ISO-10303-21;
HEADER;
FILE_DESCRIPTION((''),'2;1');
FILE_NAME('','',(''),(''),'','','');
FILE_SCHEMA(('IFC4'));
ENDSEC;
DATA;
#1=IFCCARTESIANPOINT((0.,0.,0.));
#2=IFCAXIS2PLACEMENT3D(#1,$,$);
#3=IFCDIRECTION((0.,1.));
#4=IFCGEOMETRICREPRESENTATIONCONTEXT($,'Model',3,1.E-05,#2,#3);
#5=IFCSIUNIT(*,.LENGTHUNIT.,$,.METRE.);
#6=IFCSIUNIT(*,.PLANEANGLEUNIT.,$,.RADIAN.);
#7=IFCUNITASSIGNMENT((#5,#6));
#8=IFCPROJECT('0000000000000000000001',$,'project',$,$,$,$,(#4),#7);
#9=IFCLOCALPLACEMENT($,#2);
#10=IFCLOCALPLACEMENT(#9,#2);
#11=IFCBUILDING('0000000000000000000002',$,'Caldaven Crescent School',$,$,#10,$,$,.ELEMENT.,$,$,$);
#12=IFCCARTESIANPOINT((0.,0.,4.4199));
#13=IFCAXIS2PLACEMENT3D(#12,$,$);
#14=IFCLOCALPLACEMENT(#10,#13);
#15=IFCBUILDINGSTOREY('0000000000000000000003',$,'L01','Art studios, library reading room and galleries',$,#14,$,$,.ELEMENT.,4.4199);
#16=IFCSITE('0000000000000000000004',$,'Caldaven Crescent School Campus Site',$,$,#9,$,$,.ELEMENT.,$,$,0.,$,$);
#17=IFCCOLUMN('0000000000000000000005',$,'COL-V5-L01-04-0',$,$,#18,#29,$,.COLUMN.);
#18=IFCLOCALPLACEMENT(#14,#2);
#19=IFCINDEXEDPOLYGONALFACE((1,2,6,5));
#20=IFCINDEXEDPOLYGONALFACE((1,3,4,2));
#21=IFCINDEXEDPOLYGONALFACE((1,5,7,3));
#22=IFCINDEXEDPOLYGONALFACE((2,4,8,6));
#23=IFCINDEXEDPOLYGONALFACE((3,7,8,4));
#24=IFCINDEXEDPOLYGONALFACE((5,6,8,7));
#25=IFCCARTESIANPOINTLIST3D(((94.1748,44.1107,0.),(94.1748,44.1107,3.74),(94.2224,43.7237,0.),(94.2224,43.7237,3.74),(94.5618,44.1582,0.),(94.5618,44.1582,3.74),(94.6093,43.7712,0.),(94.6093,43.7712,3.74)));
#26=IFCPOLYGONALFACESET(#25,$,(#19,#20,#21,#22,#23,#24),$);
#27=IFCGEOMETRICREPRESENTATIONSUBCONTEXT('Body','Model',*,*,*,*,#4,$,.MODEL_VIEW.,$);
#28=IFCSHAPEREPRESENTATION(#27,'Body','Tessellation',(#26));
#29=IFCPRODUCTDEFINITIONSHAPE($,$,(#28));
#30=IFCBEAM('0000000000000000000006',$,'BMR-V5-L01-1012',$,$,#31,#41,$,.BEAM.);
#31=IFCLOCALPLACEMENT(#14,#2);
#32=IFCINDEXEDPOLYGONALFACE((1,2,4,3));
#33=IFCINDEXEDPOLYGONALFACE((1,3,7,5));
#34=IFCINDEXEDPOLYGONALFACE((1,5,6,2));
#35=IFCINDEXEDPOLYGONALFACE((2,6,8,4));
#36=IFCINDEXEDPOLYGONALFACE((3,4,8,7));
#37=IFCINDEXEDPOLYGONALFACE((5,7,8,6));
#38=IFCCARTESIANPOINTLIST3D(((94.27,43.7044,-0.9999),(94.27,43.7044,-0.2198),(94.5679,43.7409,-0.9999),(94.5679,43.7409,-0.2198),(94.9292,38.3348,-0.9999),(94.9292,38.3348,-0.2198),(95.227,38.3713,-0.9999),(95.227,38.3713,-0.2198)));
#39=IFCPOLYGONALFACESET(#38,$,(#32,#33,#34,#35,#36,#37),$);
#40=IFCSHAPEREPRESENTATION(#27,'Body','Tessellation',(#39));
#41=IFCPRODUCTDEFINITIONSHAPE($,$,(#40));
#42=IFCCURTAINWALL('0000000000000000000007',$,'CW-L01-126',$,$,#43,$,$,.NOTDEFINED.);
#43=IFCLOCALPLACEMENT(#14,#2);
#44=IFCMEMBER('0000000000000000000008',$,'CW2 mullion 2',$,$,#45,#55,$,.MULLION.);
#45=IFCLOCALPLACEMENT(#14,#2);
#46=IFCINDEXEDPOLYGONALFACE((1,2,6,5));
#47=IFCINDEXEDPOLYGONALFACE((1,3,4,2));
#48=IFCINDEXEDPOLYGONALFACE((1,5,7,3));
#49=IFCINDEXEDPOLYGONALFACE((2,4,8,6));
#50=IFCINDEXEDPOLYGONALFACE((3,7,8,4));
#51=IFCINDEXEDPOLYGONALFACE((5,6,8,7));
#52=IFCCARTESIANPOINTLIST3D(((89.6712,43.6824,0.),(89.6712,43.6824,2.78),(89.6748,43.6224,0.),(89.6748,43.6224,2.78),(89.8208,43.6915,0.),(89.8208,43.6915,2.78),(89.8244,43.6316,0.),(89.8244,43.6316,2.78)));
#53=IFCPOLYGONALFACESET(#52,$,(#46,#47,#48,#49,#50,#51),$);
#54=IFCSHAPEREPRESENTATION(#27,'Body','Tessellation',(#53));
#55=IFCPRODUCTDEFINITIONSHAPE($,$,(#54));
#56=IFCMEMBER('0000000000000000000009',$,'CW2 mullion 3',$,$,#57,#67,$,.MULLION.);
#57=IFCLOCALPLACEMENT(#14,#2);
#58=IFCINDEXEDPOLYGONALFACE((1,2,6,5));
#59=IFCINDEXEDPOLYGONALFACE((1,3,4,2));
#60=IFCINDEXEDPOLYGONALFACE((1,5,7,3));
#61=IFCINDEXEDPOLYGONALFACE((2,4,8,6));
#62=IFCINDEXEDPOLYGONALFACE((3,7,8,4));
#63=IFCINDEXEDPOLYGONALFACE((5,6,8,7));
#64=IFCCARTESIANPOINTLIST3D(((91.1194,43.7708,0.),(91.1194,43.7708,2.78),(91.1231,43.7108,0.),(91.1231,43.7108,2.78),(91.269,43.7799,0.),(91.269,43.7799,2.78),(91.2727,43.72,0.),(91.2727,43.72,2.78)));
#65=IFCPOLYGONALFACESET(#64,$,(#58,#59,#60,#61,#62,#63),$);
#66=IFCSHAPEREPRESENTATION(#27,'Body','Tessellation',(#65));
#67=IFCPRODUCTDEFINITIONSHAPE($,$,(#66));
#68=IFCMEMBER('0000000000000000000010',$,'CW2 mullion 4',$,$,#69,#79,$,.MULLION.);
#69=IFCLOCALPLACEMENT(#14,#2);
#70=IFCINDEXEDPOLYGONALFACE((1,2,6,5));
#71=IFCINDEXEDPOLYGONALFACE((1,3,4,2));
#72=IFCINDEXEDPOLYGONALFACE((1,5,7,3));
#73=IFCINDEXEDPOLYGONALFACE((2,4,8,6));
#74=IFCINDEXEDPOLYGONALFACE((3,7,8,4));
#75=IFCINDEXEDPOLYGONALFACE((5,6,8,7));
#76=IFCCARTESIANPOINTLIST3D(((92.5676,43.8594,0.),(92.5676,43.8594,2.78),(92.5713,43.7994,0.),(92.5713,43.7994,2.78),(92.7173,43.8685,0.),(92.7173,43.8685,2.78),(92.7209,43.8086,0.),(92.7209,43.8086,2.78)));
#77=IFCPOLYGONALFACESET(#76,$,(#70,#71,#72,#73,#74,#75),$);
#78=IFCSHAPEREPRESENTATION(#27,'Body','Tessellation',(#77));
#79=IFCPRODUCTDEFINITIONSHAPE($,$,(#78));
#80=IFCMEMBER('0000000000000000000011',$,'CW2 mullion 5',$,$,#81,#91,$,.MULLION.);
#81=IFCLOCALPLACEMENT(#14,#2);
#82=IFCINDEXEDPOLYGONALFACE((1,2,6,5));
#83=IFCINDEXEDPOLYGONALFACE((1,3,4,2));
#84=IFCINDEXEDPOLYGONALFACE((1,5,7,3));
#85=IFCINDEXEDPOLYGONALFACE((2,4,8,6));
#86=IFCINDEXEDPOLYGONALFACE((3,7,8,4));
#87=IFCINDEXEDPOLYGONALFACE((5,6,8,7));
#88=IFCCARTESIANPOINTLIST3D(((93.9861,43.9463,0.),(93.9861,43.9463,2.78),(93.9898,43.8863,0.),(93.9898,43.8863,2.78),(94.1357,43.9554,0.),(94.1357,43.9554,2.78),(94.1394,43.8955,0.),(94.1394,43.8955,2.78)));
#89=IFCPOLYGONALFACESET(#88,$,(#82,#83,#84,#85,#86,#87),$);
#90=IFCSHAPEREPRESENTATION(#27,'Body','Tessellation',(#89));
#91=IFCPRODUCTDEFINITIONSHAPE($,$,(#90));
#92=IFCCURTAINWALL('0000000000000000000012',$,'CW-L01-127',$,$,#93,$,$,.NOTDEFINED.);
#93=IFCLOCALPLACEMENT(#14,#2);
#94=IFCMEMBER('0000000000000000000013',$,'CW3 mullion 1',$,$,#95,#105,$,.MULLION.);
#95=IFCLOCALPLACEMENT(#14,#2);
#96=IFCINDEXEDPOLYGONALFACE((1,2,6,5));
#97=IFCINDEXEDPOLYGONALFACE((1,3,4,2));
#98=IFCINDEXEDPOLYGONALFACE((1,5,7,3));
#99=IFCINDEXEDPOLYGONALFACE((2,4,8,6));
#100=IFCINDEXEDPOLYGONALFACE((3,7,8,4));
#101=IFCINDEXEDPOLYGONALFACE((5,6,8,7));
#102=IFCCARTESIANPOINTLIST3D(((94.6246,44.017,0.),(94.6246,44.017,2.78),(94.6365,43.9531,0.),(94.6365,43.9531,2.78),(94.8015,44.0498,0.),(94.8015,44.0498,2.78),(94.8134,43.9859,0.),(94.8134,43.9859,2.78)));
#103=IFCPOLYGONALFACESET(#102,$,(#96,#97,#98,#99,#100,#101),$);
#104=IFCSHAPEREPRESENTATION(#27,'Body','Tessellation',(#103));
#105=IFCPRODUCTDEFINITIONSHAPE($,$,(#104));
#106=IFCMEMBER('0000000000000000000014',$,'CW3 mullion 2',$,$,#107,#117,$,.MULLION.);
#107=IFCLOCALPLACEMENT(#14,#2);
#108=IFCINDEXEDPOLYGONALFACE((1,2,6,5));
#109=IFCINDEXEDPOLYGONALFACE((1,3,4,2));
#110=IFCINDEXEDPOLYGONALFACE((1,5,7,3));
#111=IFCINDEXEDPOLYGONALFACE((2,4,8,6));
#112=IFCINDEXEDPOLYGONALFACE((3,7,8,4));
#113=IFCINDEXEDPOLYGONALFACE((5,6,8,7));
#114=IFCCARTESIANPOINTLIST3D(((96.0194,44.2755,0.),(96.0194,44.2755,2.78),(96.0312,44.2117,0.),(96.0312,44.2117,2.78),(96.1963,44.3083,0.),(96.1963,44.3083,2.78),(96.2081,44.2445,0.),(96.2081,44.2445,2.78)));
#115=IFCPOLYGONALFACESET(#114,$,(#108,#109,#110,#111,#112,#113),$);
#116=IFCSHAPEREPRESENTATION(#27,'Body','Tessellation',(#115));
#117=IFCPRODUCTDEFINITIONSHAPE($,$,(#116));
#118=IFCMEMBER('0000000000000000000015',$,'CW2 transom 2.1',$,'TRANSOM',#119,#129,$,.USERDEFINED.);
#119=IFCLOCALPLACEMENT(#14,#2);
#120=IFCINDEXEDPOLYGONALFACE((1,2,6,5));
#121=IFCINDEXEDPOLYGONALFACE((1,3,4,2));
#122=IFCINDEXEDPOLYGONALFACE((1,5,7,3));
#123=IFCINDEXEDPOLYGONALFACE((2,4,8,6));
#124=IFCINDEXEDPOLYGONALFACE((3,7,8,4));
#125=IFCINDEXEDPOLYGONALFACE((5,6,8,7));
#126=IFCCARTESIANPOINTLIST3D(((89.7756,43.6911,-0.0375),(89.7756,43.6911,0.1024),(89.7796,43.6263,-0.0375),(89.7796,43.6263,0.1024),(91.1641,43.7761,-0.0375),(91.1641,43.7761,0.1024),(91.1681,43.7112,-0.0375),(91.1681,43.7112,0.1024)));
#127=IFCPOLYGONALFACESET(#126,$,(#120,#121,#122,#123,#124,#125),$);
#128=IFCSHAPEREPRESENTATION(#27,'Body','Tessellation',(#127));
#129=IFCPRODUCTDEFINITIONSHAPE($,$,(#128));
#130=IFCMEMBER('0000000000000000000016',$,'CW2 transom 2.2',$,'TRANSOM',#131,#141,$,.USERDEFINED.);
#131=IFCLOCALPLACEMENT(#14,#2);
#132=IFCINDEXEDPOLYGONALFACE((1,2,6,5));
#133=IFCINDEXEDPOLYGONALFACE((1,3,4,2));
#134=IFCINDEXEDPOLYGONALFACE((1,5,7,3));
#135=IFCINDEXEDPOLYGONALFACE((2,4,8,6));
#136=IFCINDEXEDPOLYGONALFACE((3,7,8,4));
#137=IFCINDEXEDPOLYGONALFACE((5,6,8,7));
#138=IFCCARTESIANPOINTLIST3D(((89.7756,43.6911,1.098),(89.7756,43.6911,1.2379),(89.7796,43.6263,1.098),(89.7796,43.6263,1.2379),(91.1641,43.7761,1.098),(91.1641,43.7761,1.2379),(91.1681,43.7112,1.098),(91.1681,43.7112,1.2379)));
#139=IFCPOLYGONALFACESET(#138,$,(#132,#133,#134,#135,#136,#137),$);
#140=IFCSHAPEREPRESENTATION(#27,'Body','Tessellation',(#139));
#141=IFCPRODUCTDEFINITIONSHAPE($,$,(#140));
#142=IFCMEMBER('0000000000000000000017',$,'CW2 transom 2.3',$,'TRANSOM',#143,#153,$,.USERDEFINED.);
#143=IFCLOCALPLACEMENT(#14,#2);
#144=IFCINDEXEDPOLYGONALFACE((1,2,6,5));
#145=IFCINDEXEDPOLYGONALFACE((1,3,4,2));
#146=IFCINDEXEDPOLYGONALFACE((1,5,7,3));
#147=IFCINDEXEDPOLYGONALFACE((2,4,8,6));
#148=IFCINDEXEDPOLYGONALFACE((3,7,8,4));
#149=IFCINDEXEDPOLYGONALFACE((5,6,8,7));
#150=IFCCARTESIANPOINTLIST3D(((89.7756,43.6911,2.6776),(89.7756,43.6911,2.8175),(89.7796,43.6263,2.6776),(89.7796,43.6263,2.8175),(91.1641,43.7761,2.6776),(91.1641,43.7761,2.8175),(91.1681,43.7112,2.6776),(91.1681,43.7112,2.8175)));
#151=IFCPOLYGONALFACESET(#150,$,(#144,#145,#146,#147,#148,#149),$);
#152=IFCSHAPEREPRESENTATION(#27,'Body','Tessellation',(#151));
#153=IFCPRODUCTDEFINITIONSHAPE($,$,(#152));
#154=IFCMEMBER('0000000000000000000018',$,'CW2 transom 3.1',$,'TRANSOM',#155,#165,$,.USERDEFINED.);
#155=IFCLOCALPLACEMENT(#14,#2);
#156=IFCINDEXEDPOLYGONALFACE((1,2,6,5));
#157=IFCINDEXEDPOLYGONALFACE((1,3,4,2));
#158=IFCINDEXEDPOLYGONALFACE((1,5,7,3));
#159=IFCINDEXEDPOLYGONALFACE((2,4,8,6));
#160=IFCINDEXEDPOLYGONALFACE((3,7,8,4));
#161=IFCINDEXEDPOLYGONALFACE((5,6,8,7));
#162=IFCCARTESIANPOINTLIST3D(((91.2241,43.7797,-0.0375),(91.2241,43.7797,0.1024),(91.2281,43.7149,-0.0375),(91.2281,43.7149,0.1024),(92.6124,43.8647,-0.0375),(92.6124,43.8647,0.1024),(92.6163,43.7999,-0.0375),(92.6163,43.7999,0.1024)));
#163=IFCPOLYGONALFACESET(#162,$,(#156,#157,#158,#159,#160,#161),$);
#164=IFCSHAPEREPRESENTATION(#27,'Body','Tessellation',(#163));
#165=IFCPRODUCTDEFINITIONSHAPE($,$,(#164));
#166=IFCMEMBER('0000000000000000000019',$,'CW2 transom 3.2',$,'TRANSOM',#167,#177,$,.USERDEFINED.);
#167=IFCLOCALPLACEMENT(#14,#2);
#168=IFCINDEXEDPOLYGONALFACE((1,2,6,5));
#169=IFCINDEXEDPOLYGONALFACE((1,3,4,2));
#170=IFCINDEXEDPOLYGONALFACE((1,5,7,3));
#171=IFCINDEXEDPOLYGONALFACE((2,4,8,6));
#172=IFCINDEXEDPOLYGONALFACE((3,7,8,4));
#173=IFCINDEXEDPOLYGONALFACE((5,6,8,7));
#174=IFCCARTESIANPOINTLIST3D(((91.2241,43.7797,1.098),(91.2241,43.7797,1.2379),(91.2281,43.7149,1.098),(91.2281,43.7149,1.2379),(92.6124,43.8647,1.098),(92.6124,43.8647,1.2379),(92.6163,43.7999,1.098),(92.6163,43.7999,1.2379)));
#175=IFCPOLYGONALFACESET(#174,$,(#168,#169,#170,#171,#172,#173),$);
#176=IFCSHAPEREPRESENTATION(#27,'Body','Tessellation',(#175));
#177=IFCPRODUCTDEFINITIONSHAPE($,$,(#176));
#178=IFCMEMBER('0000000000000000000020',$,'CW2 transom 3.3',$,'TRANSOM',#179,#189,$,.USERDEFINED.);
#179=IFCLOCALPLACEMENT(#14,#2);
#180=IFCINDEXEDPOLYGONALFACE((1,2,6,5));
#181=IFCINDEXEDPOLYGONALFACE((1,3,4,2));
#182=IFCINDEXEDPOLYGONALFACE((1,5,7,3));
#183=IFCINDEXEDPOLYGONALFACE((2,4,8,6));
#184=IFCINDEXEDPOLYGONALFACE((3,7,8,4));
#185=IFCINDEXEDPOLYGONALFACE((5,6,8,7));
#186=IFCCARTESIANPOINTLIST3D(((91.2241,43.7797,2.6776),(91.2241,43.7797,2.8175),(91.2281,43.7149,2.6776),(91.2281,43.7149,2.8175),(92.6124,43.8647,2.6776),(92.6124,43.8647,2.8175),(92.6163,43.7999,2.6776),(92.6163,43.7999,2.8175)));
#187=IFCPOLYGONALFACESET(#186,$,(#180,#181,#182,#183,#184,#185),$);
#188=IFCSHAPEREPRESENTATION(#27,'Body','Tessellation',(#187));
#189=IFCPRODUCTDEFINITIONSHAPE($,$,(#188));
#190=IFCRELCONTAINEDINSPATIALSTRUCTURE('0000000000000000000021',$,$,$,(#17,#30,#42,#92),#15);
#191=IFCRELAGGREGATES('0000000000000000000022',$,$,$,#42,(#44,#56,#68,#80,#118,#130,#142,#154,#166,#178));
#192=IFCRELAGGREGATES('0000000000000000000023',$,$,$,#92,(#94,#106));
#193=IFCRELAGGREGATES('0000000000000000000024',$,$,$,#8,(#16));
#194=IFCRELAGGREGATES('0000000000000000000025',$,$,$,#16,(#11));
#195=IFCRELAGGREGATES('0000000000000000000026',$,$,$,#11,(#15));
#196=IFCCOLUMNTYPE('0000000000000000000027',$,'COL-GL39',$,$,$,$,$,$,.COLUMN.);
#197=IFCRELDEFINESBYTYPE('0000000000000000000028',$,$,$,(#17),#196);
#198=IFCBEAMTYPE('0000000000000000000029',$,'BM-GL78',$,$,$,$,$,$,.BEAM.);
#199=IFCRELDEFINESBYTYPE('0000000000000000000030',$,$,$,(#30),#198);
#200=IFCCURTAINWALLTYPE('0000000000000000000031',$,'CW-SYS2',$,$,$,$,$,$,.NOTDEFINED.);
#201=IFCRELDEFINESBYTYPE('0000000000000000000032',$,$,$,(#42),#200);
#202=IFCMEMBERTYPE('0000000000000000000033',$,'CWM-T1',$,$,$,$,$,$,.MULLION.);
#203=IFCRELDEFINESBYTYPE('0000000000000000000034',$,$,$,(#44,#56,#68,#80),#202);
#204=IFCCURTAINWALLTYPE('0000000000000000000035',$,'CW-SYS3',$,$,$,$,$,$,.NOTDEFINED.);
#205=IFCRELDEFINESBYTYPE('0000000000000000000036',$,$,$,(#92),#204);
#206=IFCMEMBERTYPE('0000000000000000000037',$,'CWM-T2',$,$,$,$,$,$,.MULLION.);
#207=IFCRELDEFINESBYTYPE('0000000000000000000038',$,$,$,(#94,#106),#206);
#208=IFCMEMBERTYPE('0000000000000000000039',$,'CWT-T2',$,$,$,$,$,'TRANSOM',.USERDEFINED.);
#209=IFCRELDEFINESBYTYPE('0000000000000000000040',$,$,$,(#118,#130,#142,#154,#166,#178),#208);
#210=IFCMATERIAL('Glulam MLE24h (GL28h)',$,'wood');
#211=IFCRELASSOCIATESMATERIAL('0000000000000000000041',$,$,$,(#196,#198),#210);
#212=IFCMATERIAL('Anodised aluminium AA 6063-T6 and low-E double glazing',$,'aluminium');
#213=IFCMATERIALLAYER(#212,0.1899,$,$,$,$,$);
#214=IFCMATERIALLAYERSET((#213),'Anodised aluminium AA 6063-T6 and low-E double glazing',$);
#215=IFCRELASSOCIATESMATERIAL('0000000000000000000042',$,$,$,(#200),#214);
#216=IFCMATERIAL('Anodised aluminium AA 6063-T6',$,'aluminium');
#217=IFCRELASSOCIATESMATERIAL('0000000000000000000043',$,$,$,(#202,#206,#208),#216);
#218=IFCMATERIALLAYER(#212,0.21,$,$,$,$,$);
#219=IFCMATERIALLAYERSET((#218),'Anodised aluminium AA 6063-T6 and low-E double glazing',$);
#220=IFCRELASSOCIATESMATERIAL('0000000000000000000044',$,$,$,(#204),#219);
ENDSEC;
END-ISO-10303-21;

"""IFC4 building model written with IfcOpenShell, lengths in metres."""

from ifc_helpers import new_model, si_unit, direction, frame, origin, origin_2d, place, context, subcontext, project, spatial, rectangle, extrude, material, layer, layer_set, material_profile, profile_set, type_object, element, aggregate, save


model = new_model("IFC4")

# Units and contexts
model_context = context("Model", 3, precision=1e-05, world=origin(), true_north=direction((0.0, 1.0)))
body_context = subcontext(model_context, "Body", "Model", "MODEL_VIEW")
ifc_project = project(units=[si_unit("LENGTHUNIT", "METRE"), si_unit("PLANEANGLEUNIT", "RADIAN")], contexts=[model_context])

# Site, building, storey
site_placement = place(None, origin())
site = spatial("IfcSite", under=ifc_project, at=site_placement, Name="Caldaven Crescent School Campus Site", CompositionType="ELEMENT", RefElevation=0.0)
building_placement = place(site_placement, origin())
building = spatial("IfcBuilding", under=site, at=building_placement, Name="Caldaven Crescent School", CompositionType="ELEMENT")
storey_placement = place(building_placement, frame((0.0, 0.0, 4.4199)))
storey = spatial("IfcBuildingStorey", under=building, at=storey_placement, Name="L01", Description="Art studios, library reading room and galleries", CompositionType="ELEMENT", Elevation=4.4199)

# Column
ifc_material_1 = material(Name="Glulam MLE24h (GL28h)", Category="wood")
ifc_material_profile_1 = material_profile(ifc_material_1, rectangle(XDim=0.3899, YDim=0.3899, at=origin_2d()), Name="MLE 390x390")
ifc_profile_set_1 = profile_set([ifc_material_profile_1], Name="Glulam MLE24h (GL28h)")
column_type = type_object("IfcColumnType", Name="COL-GL39", PredefinedType="COLUMN", material=ifc_profile_set_1)
column_placement = place(storey_placement, frame((94.3921, 43.9409, 0.0), z_axis=(0.0, 0.0, 1.0), x_axis=(0.121869, -0.992546, 0.0)))
element("IfcColumn", 1, at=column_placement, inside=storey, type_object=column_type, Name="COL-V5-L01-04-0", PredefinedType="COLUMN", context=body_context, shape_type="SweptSolid", body=[
    extrude(rectangle(XDim=0.3899, YDim=0.3899, at=origin_2d()), origin(), (0.0, 0.0, 1.0), 3.74),
])

# Beam
ifc_material_profile_2 = material_profile(ifc_material_1, rectangle(XDim=0.3, YDim=0.78, at=origin_2d()), Name="MLE 300x780")
ifc_profile_set_2 = profile_set([ifc_material_profile_2], Name="Glulam MLE24h (GL28h)")
beam_type_1 = type_object("IfcBeamType", Name="BM-GL78", PredefinedType="BEAM", material=ifc_profile_set_2)
beam_1_placement = place(storey_placement, frame((94.4189, 43.7227, -0.6099), z_axis=(0.121846, -0.992549, 0.0), x_axis=(0.992549, 0.121846, 0.0)))
element("IfcBeam", 2, at=beam_1_placement, inside=storey, type_object=beam_type_1, Name="BMR-V5-L01-1012", PredefinedType="BEAM", context=body_context, shape_type="SweptSolid", body=[
    extrude(rectangle(XDim=0.3, YDim=0.78, at=origin_2d()), origin(), (0.0, 0.0, 1.0), 5.4099),
])

# Curtain walls, members
ifc_material_2 = material(Name="Anodised aluminium AA 6063-T6 and low-E double glazing", Category="aluminium")
ifc_layer_1 = layer(ifc_material_2, 0.1899)
ifc_layer_set_1 = layer_set([ifc_layer_1], Name="Anodised aluminium AA 6063-T6 and low-E double glazing")
curtain_wall_type_1 = type_object("IfcCurtainWallType", Name="CW-SYS2", PredefinedType="NOTDEFINED", material=ifc_layer_set_1)
curtain_wall_1_placement = place(storey_placement, origin())
curtain_wall_1 = element("IfcCurtainWall", 3, at=curtain_wall_1_placement, inside=storey, type_object=curtain_wall_type_1, Name="CW-L01-126", PredefinedType="NOTDEFINED")
ifc_material_3 = material(Name="Anodised aluminium AA 6063-T6", Category="aluminium")
ifc_material_profile_3 = material_profile(ifc_material_3, rectangle(XDim=0.0601, YDim=0.1499, at=origin_2d()), Name="CWM 60x150")
ifc_profile_set_3 = profile_set([ifc_material_profile_3], Name="Anodised aluminium AA 6063-T6")
member_type_1 = type_object("IfcMemberType", Name="CWM-T1", PredefinedType="MULLION", material=ifc_profile_set_3)
member_1_placement = place(storey_placement, frame((89.7478, 43.657, 0.0), z_axis=(0.0, 0.0, 1.0), x_axis=(-0.061049, 0.998135, 0.0)))
member_1 = element("IfcMember", 4, at=member_1_placement, type_object=member_type_1, Name="CW2 mullion 2", PredefinedType="MULLION", context=body_context, shape_type="SweptSolid", body=[
    extrude(rectangle(XDim=0.0601, YDim=0.1499, at=origin_2d()), origin(), (0.0, 0.0, 1.0), 2.78),
])
member_2_placement = place(storey_placement, frame((91.196, 43.7454, 0.0), z_axis=(0.0, 0.0, 1.0), x_axis=(-0.061049, 0.998135, 0.0)))
member_2 = element("IfcMember", 5, at=member_2_placement, type_object=member_type_1, Name="CW2 mullion 3", PredefinedType="MULLION", context=body_context, shape_type="SweptSolid", body=[
    extrude(rectangle(XDim=0.0601, YDim=0.1499, at=origin_2d()), origin(), (0.0, 0.0, 1.0), 2.78),
])
member_3_placement = place(storey_placement, frame((92.6443, 43.834, 0.0), z_axis=(0.0, 0.0, 1.0), x_axis=(-0.061049, 0.998135, 0.0)))
member_3 = element("IfcMember", 6, at=member_3_placement, type_object=member_type_1, Name="CW2 mullion 4", PredefinedType="MULLION", context=body_context, shape_type="SweptSolid", body=[
    extrude(rectangle(XDim=0.0601, YDim=0.1499, at=origin_2d()), origin(), (0.0, 0.0, 1.0), 2.78),
])
member_4_placement = place(storey_placement, frame((94.0627, 43.9209, 0.0), z_axis=(0.0, 0.0, 1.0), x_axis=(-0.061049, 0.998135, 0.0)))
member_4 = element("IfcMember", 7, at=member_4_placement, type_object=member_type_1, Name="CW2 mullion 5", PredefinedType="MULLION", context=body_context, shape_type="SweptSolid", body=[
    extrude(rectangle(XDim=0.0601, YDim=0.1499, at=origin_2d()), origin(), (0.0, 0.0, 1.0), 2.78),
])
ifc_layer_2 = layer(ifc_material_2, 0.21)
ifc_layer_set_2 = layer_set([ifc_layer_2], Name="Anodised aluminium AA 6063-T6 and low-E double glazing")
curtain_wall_type_2 = type_object("IfcCurtainWallType", Name="CW-SYS3", PredefinedType="NOTDEFINED", material=ifc_layer_set_2)
curtain_wall_2_placement = place(storey_placement, origin())
curtain_wall_2 = element("IfcCurtainWall", 8, at=curtain_wall_2_placement, inside=storey, type_object=curtain_wall_type_2, Name="CW-L01-127", PredefinedType="NOTDEFINED")
ifc_material_profile_4 = material_profile(ifc_material_3, rectangle(XDim=0.0649, YDim=0.1799, at=origin_2d()), Name="CWM 65x180")
ifc_profile_set_4 = profile_set([ifc_material_profile_4], Name="Anodised aluminium AA 6063-T6")
member_type_2 = type_object("IfcMemberType", Name="CWM-T2", PredefinedType="MULLION", material=ifc_profile_set_4)
member_5_placement = place(storey_placement, frame((94.719, 44.0015, 0.0), z_axis=(0.0, 0.0, 1.0), x_axis=(-0.182236, 0.983255, 0.0)))
member_5 = element("IfcMember", 9, at=member_5_placement, type_object=member_type_2, Name="CW3 mullion 1", PredefinedType="MULLION", context=body_context, shape_type="SweptSolid", body=[
    extrude(rectangle(XDim=0.0649, YDim=0.1799, at=origin_2d()), origin(), (0.0, 0.0, 1.0), 2.78),
])
member_6_placement = place(storey_placement, frame((96.1138, 44.26, 0.0), z_axis=(0.0, 0.0, 1.0), x_axis=(-0.182236, 0.983255, 0.0)))
member_6 = element("IfcMember", 10, at=member_6_placement, type_object=member_type_2, Name="CW3 mullion 2", PredefinedType="MULLION", context=body_context, shape_type="SweptSolid", body=[
    extrude(rectangle(XDim=0.0649, YDim=0.1799, at=origin_2d()), origin(), (0.0, 0.0, 1.0), 2.78),
])

# Members
ifc_material_profile_5 = material_profile(ifc_material_3, rectangle(XDim=0.0649, YDim=0.1399, at=origin_2d()), Name="CWT 65x140")
ifc_profile_set_5 = profile_set([ifc_material_profile_5], Name="Anodised aluminium AA 6063-T6")
member_type_3 = type_object("IfcMemberType", Name="CWT-T2", ElementType="TRANSOM", PredefinedType="USERDEFINED", material=ifc_profile_set_5)
member_7_placement = place(storey_placement, frame((89.7776, 43.6587, 0.0325), z_axis=(0.998133, 0.061078, 0.0), x_axis=(-0.061078, 0.998133, 0.0)))
member_7 = element("IfcMember", 11, at=member_7_placement, type_object=member_type_3, Name="CW2 transom 2.1", ObjectType="TRANSOM", PredefinedType="USERDEFINED", context=body_context, shape_type="SweptSolid", body=[
    extrude(rectangle(XDim=0.0649, YDim=0.1399, at=origin_2d()), origin(), (0.0, 0.0, 1.0), 1.3911),
])
member_8_placement = place(storey_placement, frame((89.7776, 43.6587, 1.168), z_axis=(0.998133, 0.061078, 0.0), x_axis=(-0.061078, 0.998133, 0.0)))
member_8 = element("IfcMember", 12, at=member_8_placement, type_object=member_type_3, Name="CW2 transom 2.2", ObjectType="TRANSOM", PredefinedType="USERDEFINED", context=body_context, shape_type="SweptSolid", body=[
    extrude(rectangle(XDim=0.0649, YDim=0.1399, at=origin_2d()), origin(), (0.0, 0.0, 1.0), 1.3911),
])
member_9_placement = place(storey_placement, frame((89.7776, 43.6587, 2.7476), z_axis=(0.998133, 0.061078, 0.0), x_axis=(-0.061078, 0.998133, 0.0)))
member_9 = element("IfcMember", 13, at=member_9_placement, type_object=member_type_3, Name="CW2 transom 2.3", ObjectType="TRANSOM", PredefinedType="USERDEFINED", context=body_context, shape_type="SweptSolid", body=[
    extrude(rectangle(XDim=0.0649, YDim=0.1399, at=origin_2d()), origin(), (0.0, 0.0, 1.0), 1.3911),
])
member_10_placement = place(storey_placement, frame((91.2261, 43.7473, 0.0325), z_axis=(0.998132, 0.061089, 0.0), x_axis=(-0.061089, 0.998132, 0.0)))
member_10 = element("IfcMember", 14, at=member_10_placement, type_object=member_type_3, Name="CW2 transom 3.1", ObjectType="TRANSOM", PredefinedType="USERDEFINED", context=body_context, shape_type="SweptSolid", body=[
    extrude(rectangle(XDim=0.0649, YDim=0.1399, at=origin_2d()), origin(), (0.0, 0.0, 1.0), 1.3909),
])
member_11_placement = place(storey_placement, frame((91.2261, 43.7473, 1.168), z_axis=(0.998132, 0.061089, 0.0), x_axis=(-0.061089, 0.998132, 0.0)))
member_11 = element("IfcMember", 15, at=member_11_placement, type_object=member_type_3, Name="CW2 transom 3.2", ObjectType="TRANSOM", PredefinedType="USERDEFINED", context=body_context, shape_type="SweptSolid", body=[
    extrude(rectangle(XDim=0.0649, YDim=0.1399, at=origin_2d()), origin(), (0.0, 0.0, 1.0), 1.3909),
])
member_12_placement = place(storey_placement, frame((91.2261, 43.7473, 2.7476), z_axis=(0.998132, 0.061089, 0.0), x_axis=(-0.061089, 0.998132, 0.0)))
member_12 = element("IfcMember", 16, at=member_12_placement, type_object=member_type_3, Name="CW2 transom 3.3", ObjectType="TRANSOM", PredefinedType="USERDEFINED", context=body_context, shape_type="SweptSolid", body=[
    extrude(rectangle(XDim=0.0649, YDim=0.1399, at=origin_2d()), origin(), (0.0, 0.0, 1.0), 1.3909),
])

aggregate(curtain_wall_1, [member_1, member_2, member_3, member_4, member_7, member_8, member_9, member_10, member_11, member_12])
aggregate(curtain_wall_2, [member_5, member_6])

save(model, "model.ifc")
